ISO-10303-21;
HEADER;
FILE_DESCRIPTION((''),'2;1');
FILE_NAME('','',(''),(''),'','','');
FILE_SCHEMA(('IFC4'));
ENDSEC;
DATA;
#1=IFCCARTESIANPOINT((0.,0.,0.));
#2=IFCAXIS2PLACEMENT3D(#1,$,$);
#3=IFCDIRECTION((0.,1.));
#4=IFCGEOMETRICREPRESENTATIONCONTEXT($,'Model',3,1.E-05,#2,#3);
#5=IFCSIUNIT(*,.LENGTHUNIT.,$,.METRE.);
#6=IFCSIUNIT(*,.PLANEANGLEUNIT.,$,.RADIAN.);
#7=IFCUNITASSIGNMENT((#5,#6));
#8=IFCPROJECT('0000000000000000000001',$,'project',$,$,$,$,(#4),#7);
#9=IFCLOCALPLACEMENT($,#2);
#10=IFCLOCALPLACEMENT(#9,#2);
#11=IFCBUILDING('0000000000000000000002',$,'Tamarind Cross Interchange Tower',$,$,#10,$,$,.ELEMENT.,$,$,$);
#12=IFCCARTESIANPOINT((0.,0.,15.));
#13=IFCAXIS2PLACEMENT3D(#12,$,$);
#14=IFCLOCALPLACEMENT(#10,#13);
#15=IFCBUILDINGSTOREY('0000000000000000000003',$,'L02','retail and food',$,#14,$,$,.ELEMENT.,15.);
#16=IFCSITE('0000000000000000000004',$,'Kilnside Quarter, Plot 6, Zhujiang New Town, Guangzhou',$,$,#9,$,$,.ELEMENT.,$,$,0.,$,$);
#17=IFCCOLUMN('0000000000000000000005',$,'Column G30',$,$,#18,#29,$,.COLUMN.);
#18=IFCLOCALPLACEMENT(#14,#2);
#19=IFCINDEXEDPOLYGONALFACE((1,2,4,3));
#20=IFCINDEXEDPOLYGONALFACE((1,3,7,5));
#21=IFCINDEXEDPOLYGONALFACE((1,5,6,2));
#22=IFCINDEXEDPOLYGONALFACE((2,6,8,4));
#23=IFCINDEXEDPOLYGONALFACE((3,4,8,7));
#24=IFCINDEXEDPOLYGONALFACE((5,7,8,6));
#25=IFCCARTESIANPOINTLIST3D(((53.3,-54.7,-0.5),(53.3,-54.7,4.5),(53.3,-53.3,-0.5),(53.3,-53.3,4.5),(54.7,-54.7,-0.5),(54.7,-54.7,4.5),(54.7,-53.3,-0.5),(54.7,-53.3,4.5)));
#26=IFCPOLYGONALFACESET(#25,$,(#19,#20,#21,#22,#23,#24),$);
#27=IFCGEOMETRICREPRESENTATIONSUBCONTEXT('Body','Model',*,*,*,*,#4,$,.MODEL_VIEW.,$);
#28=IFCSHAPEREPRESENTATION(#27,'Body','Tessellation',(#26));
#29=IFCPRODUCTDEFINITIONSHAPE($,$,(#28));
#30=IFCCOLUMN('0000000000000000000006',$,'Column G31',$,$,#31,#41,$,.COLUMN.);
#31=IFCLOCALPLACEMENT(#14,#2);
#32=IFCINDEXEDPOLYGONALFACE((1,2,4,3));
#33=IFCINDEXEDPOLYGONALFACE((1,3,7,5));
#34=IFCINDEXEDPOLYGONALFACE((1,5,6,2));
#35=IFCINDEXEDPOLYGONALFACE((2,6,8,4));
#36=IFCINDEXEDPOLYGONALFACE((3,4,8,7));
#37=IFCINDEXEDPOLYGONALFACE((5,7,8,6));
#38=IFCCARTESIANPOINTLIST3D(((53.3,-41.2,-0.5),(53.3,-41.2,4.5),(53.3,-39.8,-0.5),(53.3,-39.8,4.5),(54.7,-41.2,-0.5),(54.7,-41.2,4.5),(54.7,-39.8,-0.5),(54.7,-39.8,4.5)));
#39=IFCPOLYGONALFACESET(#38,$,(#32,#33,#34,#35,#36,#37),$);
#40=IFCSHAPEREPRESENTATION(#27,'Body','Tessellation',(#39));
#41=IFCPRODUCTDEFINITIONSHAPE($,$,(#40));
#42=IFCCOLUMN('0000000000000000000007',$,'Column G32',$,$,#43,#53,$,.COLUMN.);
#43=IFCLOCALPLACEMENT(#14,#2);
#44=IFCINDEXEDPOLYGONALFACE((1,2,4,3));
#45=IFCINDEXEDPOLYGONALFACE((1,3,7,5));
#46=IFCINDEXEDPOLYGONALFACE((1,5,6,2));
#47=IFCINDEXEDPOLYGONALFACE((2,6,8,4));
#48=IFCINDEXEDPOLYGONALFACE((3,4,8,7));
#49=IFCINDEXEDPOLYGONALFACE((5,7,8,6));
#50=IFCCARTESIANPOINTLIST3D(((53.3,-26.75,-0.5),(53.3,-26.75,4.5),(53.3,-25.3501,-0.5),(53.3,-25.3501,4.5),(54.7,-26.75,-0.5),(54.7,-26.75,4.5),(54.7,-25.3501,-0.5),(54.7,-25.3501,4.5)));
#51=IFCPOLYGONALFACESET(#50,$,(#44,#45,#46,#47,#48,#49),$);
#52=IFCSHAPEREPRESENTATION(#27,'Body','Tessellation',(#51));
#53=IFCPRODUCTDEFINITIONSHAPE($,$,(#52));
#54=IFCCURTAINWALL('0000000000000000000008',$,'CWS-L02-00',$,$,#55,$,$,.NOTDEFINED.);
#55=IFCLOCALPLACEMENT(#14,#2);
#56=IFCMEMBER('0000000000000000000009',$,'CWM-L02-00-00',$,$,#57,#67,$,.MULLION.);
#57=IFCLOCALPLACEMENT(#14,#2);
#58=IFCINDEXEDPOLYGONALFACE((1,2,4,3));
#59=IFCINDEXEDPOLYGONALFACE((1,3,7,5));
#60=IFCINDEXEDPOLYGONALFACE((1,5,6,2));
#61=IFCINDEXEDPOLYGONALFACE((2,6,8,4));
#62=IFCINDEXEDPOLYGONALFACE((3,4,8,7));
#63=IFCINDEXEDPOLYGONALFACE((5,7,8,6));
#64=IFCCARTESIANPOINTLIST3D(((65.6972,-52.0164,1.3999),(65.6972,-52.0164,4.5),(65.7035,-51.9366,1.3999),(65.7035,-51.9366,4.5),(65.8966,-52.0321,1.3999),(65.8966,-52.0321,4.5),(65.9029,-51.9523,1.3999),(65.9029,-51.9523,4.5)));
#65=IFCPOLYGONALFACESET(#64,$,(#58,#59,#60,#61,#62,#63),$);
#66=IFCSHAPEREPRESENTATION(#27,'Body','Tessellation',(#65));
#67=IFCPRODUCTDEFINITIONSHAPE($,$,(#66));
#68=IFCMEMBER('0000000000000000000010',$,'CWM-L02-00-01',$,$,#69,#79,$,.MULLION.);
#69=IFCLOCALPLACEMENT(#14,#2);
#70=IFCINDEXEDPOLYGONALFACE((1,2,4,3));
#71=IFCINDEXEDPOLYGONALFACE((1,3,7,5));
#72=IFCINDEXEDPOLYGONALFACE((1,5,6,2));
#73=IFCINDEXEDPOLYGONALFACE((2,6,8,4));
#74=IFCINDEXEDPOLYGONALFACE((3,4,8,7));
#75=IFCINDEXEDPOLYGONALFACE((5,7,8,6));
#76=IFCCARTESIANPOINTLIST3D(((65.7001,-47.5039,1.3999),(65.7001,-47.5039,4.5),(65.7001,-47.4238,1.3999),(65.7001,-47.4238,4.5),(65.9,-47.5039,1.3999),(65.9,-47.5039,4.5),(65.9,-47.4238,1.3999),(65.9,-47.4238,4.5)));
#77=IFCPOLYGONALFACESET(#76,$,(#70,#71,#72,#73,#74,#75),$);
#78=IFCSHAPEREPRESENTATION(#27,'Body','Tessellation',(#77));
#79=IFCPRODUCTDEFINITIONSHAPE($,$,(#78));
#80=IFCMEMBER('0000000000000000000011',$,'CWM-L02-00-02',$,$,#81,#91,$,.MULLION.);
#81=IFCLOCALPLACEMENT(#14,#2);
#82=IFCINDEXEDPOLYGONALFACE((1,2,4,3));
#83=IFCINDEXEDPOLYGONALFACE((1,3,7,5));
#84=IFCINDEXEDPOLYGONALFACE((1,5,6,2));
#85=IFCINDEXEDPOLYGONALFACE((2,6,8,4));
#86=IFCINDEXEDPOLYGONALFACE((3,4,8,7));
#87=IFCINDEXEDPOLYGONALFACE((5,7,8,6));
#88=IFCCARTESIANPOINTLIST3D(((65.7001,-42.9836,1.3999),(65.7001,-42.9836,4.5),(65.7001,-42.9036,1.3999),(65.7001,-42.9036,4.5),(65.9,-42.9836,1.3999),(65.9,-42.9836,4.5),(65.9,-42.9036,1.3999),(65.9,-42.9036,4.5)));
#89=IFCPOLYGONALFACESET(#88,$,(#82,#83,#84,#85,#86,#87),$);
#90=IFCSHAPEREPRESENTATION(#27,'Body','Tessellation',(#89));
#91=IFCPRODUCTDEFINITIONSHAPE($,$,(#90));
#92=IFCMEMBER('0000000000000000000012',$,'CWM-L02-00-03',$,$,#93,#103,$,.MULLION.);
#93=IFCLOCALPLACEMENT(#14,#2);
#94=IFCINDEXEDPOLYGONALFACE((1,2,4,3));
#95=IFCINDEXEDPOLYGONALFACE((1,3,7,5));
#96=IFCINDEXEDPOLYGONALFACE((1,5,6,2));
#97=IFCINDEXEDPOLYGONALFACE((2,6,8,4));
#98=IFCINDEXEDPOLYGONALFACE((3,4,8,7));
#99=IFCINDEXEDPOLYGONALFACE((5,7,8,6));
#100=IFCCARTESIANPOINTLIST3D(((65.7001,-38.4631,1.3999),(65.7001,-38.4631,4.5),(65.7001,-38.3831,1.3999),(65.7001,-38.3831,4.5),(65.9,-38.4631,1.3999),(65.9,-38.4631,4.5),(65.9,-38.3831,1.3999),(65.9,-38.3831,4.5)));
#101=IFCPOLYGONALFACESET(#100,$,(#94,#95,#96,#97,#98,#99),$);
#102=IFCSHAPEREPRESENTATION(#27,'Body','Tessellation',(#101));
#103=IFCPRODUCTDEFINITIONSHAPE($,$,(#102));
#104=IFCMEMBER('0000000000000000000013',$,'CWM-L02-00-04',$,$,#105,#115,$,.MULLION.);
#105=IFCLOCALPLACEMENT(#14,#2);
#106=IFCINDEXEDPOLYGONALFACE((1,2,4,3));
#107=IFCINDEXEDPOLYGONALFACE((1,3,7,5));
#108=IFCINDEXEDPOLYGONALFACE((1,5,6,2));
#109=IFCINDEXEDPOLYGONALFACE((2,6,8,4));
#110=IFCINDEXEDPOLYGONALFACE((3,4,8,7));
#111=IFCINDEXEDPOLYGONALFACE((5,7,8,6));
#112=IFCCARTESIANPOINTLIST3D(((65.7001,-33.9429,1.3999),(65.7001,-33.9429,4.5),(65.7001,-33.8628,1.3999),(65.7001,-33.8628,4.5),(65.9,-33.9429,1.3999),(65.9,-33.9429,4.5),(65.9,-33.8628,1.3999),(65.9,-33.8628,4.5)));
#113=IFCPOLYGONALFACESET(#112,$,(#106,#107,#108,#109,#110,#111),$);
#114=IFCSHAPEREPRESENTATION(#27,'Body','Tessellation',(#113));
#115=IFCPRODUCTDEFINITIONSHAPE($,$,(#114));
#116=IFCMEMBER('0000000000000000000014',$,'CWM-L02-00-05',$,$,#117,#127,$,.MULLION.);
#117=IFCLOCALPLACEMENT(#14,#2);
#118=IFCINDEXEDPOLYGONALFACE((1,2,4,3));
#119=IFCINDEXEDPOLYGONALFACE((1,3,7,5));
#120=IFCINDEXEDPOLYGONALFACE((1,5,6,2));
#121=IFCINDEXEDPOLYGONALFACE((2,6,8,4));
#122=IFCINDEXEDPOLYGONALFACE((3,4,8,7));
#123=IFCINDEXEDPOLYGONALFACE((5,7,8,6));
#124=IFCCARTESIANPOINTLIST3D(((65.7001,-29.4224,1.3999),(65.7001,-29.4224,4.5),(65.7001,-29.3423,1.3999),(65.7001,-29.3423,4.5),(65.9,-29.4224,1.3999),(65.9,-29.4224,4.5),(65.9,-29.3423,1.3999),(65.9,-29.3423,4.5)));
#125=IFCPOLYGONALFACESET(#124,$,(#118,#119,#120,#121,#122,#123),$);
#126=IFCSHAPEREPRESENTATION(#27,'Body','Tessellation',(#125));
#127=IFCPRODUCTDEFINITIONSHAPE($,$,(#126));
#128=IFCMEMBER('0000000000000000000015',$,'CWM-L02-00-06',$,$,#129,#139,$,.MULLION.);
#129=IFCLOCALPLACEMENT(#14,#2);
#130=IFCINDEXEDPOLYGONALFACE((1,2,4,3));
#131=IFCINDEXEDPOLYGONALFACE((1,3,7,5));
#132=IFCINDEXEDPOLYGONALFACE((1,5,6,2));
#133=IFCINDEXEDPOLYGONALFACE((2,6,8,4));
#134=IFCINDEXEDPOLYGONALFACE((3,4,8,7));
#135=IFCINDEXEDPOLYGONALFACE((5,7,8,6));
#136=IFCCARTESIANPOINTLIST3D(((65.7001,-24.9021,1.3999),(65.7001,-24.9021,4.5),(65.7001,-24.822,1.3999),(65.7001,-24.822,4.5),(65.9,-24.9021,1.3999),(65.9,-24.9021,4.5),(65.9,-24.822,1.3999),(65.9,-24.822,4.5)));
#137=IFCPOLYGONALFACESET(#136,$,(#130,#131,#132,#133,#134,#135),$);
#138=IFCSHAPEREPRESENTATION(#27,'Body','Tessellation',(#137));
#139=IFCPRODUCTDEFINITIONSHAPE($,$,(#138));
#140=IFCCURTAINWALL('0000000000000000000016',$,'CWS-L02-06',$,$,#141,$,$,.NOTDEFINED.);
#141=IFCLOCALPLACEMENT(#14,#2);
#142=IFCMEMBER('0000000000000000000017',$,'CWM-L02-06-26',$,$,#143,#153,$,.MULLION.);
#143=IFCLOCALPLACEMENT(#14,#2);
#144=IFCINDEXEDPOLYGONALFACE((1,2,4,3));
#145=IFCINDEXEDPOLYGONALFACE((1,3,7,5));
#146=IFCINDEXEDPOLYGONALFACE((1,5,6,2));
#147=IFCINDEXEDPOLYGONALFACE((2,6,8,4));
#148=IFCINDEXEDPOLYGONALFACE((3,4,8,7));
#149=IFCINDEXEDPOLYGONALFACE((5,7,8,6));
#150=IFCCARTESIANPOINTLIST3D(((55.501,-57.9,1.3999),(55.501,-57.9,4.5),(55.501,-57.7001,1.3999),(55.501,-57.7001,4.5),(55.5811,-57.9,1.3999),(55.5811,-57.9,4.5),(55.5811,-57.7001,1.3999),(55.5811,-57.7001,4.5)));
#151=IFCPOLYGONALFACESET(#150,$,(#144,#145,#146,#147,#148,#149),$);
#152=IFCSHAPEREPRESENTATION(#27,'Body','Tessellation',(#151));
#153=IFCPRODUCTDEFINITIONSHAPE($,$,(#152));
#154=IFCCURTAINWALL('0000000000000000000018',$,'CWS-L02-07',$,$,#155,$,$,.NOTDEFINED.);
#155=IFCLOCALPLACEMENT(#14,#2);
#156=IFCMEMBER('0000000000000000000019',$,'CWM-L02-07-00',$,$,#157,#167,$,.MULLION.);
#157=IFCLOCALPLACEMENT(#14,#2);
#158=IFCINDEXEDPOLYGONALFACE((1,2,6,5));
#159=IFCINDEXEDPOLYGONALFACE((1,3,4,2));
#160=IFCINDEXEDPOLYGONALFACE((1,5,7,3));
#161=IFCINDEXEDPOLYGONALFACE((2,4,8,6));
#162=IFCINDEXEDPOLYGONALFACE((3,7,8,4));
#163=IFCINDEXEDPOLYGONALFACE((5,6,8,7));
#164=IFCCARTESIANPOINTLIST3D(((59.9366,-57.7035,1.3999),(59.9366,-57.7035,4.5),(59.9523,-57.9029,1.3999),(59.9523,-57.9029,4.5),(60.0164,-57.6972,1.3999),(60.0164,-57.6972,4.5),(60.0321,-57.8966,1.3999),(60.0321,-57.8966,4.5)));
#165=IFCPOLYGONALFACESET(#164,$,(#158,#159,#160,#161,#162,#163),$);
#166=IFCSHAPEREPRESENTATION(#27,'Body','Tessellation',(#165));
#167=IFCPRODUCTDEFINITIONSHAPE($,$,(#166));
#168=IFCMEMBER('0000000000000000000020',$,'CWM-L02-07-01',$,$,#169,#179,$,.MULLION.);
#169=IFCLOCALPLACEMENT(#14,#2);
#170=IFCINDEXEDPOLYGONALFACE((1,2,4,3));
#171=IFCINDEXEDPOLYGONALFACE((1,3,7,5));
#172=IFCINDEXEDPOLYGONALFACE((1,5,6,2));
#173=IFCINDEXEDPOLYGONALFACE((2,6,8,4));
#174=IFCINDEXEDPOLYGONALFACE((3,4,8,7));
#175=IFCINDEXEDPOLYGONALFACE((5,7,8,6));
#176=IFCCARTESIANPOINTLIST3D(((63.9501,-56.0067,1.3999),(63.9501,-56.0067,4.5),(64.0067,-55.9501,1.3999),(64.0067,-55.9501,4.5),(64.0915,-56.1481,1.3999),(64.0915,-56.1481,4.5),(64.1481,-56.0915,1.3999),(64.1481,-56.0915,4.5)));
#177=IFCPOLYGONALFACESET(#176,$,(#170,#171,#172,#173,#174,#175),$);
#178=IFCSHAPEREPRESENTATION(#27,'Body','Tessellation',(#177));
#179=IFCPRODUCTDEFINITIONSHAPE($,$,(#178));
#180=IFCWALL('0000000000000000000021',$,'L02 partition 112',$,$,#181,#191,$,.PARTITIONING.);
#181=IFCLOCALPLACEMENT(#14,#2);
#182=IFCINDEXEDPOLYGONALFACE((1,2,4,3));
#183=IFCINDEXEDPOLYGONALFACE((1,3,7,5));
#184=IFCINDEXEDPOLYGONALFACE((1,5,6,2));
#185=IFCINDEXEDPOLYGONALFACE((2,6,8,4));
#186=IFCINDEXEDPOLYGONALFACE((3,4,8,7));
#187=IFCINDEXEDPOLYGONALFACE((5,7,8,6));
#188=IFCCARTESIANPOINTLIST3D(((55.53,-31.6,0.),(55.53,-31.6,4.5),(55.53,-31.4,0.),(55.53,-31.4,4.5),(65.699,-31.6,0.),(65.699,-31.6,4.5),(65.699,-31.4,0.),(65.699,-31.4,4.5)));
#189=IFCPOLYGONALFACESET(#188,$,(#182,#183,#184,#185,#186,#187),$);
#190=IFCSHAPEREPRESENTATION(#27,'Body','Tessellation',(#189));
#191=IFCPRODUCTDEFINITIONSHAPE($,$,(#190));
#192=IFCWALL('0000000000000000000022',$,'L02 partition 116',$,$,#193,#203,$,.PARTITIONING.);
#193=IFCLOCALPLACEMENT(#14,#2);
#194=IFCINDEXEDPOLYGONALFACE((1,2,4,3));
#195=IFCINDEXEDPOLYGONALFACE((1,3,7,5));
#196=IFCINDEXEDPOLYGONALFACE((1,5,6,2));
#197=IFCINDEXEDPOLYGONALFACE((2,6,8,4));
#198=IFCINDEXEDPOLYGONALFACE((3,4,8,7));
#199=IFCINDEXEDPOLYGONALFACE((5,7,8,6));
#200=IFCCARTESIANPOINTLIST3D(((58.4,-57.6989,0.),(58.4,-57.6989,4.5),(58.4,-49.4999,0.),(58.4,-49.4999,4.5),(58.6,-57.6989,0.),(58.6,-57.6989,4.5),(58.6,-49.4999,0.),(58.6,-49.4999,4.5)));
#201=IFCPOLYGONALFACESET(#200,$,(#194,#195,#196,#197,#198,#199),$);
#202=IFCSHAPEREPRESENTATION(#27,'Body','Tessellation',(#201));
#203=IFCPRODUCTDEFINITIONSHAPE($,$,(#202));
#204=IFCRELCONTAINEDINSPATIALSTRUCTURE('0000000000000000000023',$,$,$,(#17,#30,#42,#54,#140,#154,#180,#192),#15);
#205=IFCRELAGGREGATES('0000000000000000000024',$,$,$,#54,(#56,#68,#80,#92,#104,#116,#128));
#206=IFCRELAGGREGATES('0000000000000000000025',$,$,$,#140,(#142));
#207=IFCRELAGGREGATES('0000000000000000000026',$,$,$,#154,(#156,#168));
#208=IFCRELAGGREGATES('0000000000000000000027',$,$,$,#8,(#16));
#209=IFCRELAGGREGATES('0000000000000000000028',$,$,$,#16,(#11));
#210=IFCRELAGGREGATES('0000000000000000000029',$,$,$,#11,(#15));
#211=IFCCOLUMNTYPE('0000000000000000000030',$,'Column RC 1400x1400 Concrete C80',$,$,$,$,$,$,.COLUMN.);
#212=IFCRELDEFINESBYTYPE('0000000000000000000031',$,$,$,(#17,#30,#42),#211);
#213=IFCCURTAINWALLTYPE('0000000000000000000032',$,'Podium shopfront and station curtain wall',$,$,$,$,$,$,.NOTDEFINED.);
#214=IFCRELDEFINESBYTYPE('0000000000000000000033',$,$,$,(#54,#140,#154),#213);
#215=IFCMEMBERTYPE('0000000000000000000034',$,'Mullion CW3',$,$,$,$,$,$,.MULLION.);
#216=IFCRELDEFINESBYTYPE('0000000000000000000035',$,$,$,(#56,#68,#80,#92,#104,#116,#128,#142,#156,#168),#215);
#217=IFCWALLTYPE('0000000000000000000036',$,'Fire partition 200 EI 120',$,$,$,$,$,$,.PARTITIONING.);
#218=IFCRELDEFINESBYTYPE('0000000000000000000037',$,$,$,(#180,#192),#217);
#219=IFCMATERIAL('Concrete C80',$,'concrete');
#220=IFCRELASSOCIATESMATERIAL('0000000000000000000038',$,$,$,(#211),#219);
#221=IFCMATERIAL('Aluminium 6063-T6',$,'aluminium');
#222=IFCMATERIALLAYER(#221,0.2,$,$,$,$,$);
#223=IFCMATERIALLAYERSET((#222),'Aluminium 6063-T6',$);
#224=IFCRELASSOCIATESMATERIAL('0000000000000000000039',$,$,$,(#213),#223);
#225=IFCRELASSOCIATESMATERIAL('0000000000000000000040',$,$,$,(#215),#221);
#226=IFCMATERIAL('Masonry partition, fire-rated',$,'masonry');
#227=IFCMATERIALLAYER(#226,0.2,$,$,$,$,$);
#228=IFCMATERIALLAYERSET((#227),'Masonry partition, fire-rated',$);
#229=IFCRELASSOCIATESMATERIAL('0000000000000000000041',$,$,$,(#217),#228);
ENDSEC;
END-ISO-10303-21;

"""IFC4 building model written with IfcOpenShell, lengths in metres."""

from ifc_helpers import new_model, si_unit, direction, frame, frame_2d, origin, origin_2d, place, context, subcontext, project, spatial, rectangle, extrude, material, layer, layer_set, material_profile, profile_set, type_object, element, aggregate, save


model = new_model("IFC4")

# Units and contexts
model_context = context("Model", 3, precision=1e-05, world=origin(), true_north=direction((0.0, 1.0)))
body_context = subcontext(model_context, "Body", "Model", "MODEL_VIEW")
ifc_project = project(units=[si_unit("LENGTHUNIT", "METRE"), si_unit("PLANEANGLEUNIT", "RADIAN")], contexts=[model_context])

# Site, building, storey
site_placement = place(None, origin())
site = spatial("IfcSite", under=ifc_project, at=site_placement, Name="Kilnside Quarter, Plot 6, Zhujiang New Town, Guangzhou", CompositionType="ELEMENT", RefElevation=0.0)
building_placement = place(site_placement, origin())
building = spatial("IfcBuilding", under=site, at=building_placement, Name="Tamarind Cross Interchange Tower", CompositionType="ELEMENT")
storey_placement = place(building_placement, frame((0.0, 0.0, 15.0)))
storey = spatial("IfcBuildingStorey", under=building, at=storey_placement, Name="L02", Description="retail and food", CompositionType="ELEMENT", Elevation=15.0)

# Columns
ifc_material_1 = material(Name="Concrete C80", Category="concrete")
ifc_material_profile_1 = material_profile(ifc_material_1, rectangle(XDim=1.3999, YDim=1.3999, at=origin_2d()), Name="RC 1400x1400")
ifc_profile_set_1 = profile_set([ifc_material_profile_1], Name="Concrete C80")
column_type = type_object("IfcColumnType", Name="Column RC 1400x1400 Concrete C80", PredefinedType="COLUMN", material=ifc_profile_set_1)
for number, where, z_axis, x_axis, name in (
    (1, (54.0, -54.0, -0.5), (0.0, 0.0, 1.0), (1.0, 0.0, 0.0), "Column G30"),
    (2, (54.0, -40.5, -0.5), (0.0, 0.0, 1.0), (1.0, 0.0, 0.0), "Column G31"),
    (3, (54.0, -26.05, -0.5), (0.0, 0.0, 1.0), (1.0, 0.0, 0.0), "Column G32"),
):
    element("IfcColumn", number, at=place(storey_placement, frame(where, z_axis=z_axis, x_axis=x_axis)), inside=storey, type_object=column_type, Name=name, PredefinedType="COLUMN", context=body_context, shape_type="SweptSolid", body=[
        extrude(rectangle(XDim=1.3999, YDim=1.3999, at=origin_2d()), origin(), (0.0, 0.0, 1.0), 5.0),
    ])

# Curtain wall, members
ifc_material_2 = material(Name="Aluminium 6063-T6", Category="aluminium")
ifc_layer_1 = layer(ifc_material_2, 0.2)
ifc_layer_set_1 = layer_set([ifc_layer_1], Name="Aluminium 6063-T6")
curtain_wall_type = type_object("IfcCurtainWallType", Name="Podium shopfront and station curtain wall", PredefinedType="NOTDEFINED", material=ifc_layer_set_1)
curtain_wall_1_placement = place(storey_placement, origin())
curtain_wall_1 = element("IfcCurtainWall", 4, at=curtain_wall_1_placement, inside=storey, type_object=curtain_wall_type, Name="CWS-L02-00", PredefinedType="NOTDEFINED")
ifc_material_profile_2 = material_profile(ifc_material_2, rectangle(XDim=0.0801, YDim=0.2, at=origin_2d()), Name="Mullion CW3")
ifc_profile_set_2 = profile_set([ifc_material_profile_2], Name="Aluminium 6063-T6")
member_type = type_object("IfcMemberType", Name="Mullion CW3", PredefinedType="MULLION", material=ifc_profile_set_2)
member_1_placement = place(storey_placement, frame((65.8, -51.9844, 1.3999), z_axis=(0.0, 0.0, 1.0), x_axis=(0.078459, 0.996917, 0.0)))
member_1 = element("IfcMember", 5, at=member_1_placement, type_object=member_type, Name="CWM-L02-00-00", PredefinedType="MULLION", context=body_context, shape_type="SweptSolid", body=[
    extrude(rectangle(XDim=0.0801, YDim=0.2, at=origin_2d()), origin(), (0.0, 0.0, 1.0), 3.1001),
])
member_2_placement = place(storey_placement, frame((65.8, -47.4639, 1.3999), z_axis=(0.0, 0.0, 1.0), x_axis=(0.0, 1.0, 0.0)))
member_2 = element("IfcMember", 6, at=member_2_placement, type_object=member_type, Name="CWM-L02-00-01", PredefinedType="MULLION", context=body_context, shape_type="SweptSolid", body=[
    extrude(rectangle(XDim=0.0801, YDim=0.2, at=origin_2d()), origin(), (0.0, 0.0, 1.0), 3.1001),
])
member_3_placement = place(storey_placement, frame((65.8, -42.9436, 1.3999), z_axis=(0.0, 0.0, 1.0), x_axis=(0.0, 1.0, 0.0)))
member_3 = element("IfcMember", 7, at=member_3_placement, type_object=member_type, Name="CWM-L02-00-02", PredefinedType="MULLION", context=body_context, shape_type="SweptSolid", body=[
    extrude(rectangle(XDim=0.0801, YDim=0.2, at=origin_2d()), origin(), (0.0, 0.0, 1.0), 3.1001),
])
member_4_placement = place(storey_placement, frame((65.8, -38.4231, 1.3999), z_axis=(0.0, 0.0, 1.0), x_axis=(0.0, 1.0, 0.0)))
member_4 = element("IfcMember", 8, at=member_4_placement, type_object=member_type, Name="CWM-L02-00-03", PredefinedType="MULLION", context=body_context, shape_type="SweptSolid", body=[
    extrude(rectangle(XDim=0.0801, YDim=0.2, at=origin_2d()), origin(), (0.0, 0.0, 1.0), 3.1001),
])
member_5_placement = place(storey_placement, frame((65.8, -33.9028, 1.3999), z_axis=(0.0, 0.0, 1.0), x_axis=(0.0, 1.0, 0.0)))
member_5 = element("IfcMember", 9, at=member_5_placement, type_object=member_type, Name="CWM-L02-00-04", PredefinedType="MULLION", context=body_context, shape_type="SweptSolid", body=[
    extrude(rectangle(XDim=0.0801, YDim=0.2, at=origin_2d()), origin(), (0.0, 0.0, 1.0), 3.1001),
])
member_6_placement = place(storey_placement, frame((65.8, -29.3823, 1.3999), z_axis=(0.0, 0.0, 1.0), x_axis=(0.0, 1.0, 0.0)))
member_6 = element("IfcMember", 10, at=member_6_placement, type_object=member_type, Name="CWM-L02-00-05", PredefinedType="MULLION", context=body_context, shape_type="SweptSolid", body=[
    extrude(rectangle(XDim=0.0801, YDim=0.2, at=origin_2d()), origin(), (0.0, 0.0, 1.0), 3.1001),
])
member_7_placement = place(storey_placement, frame((65.8, -24.8621, 1.3999), z_axis=(0.0, 0.0, 1.0), x_axis=(0.0, 1.0, 0.0)))
member_7 = element("IfcMember", 11, at=member_7_placement, type_object=member_type, Name="CWM-L02-00-06", PredefinedType="MULLION", context=body_context, shape_type="SweptSolid", body=[
    extrude(rectangle(XDim=0.0801, YDim=0.2, at=origin_2d()), origin(), (0.0, 0.0, 1.0), 3.1001),
])
aggregate(curtain_wall_1, [member_1, member_2, member_3, member_4, member_5, member_6, member_7])

# Curtain wall, member
curtain_wall_2_placement = place(storey_placement, origin())
curtain_wall_2 = element("IfcCurtainWall", 12, at=curtain_wall_2_placement, inside=storey, type_object=curtain_wall_type, Name="CWS-L02-06", PredefinedType="NOTDEFINED")
member_8_placement = place(storey_placement, frame((55.541, -57.8, 1.3999), z_axis=(0.0, 0.0, 1.0), x_axis=(1.0, 0.0, 0.0)))
member_8 = element("IfcMember", 13, at=member_8_placement, type_object=member_type, Name="CWM-L02-06-26", PredefinedType="MULLION", context=body_context, shape_type="SweptSolid", body=[
    extrude(rectangle(XDim=0.0801, YDim=0.2, at=origin_2d()), origin(), (0.0, 0.0, 1.0), 3.1001),
])
aggregate(curtain_wall_2, [member_8])

# Curtain wall, members
curtain_wall_3_placement = place(storey_placement, origin())
curtain_wall_3 = element("IfcCurtainWall", 14, at=curtain_wall_3_placement, inside=storey, type_object=curtain_wall_type, Name="CWS-L02-07", PredefinedType="NOTDEFINED")
member_9_placement = place(storey_placement, frame((59.9844, -57.8, 1.3999), z_axis=(0.0, 0.0, 1.0), x_axis=(0.996917, 0.078459, 0.0)))
member_9 = element("IfcMember", 15, at=member_9_placement, type_object=member_type, Name="CWM-L02-07-00", PredefinedType="MULLION", context=body_context, shape_type="SweptSolid", body=[
    extrude(rectangle(XDim=0.0801, YDim=0.2, at=origin_2d()), origin(), (0.0, 0.0, 1.0), 3.1001),
])
member_10_placement = place(storey_placement, frame((64.0491, -56.0491, 1.3999), z_axis=(0.0, 0.0, 1.0), x_axis=(0.707107, 0.707107, 0.0)))
member_10 = element("IfcMember", 16, at=member_10_placement, type_object=member_type, Name="CWM-L02-07-01", PredefinedType="MULLION", context=body_context, shape_type="SweptSolid", body=[
    extrude(rectangle(XDim=0.0801, YDim=0.2, at=origin_2d()), origin(), (0.0, 0.0, 1.0), 3.1001),
])
aggregate(curtain_wall_3, [member_9, member_10])

# Walls
ifc_material_3 = material(Name="Masonry partition, fire-rated", Category="masonry")
ifc_layer_2 = layer(ifc_material_3, 0.2)
ifc_layer_set_2 = layer_set([ifc_layer_2], Name="Masonry partition, fire-rated")
wall_type_1 = type_object("IfcWallType", Name="Fire partition 200 EI 120", PredefinedType="PARTITIONING", material=ifc_layer_set_2)
wall_1_placement = place(storey_placement, frame((55.53, -31.5, 0.0), z_axis=(0.0, 0.0, 1.0), x_axis=(1.0, 0.0, 0.0)))
element("IfcWall", 17, at=wall_1_placement, inside=storey, type_object=wall_type_1, Name="L02 partition 112", PredefinedType="PARTITIONING", context=body_context, shape_type="SweptSolid", body=[
    extrude(rectangle(XDim=10.1689, YDim=0.2, at=frame_2d((5.0845, 0.0))), origin(), (0.0, 0.0, 1.0), 4.5),
])
wall_2_placement = place(storey_placement, frame((58.5, -57.699, 0.0), z_axis=(0.0, 0.0, 1.0), x_axis=(0.0, 1.0, 0.0)))
element("IfcWall", 18, at=wall_2_placement, inside=storey, type_object=wall_type_1, Name="L02 partition 116", PredefinedType="PARTITIONING", context=body_context, shape_type="SweptSolid", body=[
    extrude(rectangle(XDim=8.199, YDim=0.2, at=frame_2d((4.0996, 0.0))), origin(), (0.0, 0.0, 1.0), 4.5),
])

save(model, "model.ifc")
